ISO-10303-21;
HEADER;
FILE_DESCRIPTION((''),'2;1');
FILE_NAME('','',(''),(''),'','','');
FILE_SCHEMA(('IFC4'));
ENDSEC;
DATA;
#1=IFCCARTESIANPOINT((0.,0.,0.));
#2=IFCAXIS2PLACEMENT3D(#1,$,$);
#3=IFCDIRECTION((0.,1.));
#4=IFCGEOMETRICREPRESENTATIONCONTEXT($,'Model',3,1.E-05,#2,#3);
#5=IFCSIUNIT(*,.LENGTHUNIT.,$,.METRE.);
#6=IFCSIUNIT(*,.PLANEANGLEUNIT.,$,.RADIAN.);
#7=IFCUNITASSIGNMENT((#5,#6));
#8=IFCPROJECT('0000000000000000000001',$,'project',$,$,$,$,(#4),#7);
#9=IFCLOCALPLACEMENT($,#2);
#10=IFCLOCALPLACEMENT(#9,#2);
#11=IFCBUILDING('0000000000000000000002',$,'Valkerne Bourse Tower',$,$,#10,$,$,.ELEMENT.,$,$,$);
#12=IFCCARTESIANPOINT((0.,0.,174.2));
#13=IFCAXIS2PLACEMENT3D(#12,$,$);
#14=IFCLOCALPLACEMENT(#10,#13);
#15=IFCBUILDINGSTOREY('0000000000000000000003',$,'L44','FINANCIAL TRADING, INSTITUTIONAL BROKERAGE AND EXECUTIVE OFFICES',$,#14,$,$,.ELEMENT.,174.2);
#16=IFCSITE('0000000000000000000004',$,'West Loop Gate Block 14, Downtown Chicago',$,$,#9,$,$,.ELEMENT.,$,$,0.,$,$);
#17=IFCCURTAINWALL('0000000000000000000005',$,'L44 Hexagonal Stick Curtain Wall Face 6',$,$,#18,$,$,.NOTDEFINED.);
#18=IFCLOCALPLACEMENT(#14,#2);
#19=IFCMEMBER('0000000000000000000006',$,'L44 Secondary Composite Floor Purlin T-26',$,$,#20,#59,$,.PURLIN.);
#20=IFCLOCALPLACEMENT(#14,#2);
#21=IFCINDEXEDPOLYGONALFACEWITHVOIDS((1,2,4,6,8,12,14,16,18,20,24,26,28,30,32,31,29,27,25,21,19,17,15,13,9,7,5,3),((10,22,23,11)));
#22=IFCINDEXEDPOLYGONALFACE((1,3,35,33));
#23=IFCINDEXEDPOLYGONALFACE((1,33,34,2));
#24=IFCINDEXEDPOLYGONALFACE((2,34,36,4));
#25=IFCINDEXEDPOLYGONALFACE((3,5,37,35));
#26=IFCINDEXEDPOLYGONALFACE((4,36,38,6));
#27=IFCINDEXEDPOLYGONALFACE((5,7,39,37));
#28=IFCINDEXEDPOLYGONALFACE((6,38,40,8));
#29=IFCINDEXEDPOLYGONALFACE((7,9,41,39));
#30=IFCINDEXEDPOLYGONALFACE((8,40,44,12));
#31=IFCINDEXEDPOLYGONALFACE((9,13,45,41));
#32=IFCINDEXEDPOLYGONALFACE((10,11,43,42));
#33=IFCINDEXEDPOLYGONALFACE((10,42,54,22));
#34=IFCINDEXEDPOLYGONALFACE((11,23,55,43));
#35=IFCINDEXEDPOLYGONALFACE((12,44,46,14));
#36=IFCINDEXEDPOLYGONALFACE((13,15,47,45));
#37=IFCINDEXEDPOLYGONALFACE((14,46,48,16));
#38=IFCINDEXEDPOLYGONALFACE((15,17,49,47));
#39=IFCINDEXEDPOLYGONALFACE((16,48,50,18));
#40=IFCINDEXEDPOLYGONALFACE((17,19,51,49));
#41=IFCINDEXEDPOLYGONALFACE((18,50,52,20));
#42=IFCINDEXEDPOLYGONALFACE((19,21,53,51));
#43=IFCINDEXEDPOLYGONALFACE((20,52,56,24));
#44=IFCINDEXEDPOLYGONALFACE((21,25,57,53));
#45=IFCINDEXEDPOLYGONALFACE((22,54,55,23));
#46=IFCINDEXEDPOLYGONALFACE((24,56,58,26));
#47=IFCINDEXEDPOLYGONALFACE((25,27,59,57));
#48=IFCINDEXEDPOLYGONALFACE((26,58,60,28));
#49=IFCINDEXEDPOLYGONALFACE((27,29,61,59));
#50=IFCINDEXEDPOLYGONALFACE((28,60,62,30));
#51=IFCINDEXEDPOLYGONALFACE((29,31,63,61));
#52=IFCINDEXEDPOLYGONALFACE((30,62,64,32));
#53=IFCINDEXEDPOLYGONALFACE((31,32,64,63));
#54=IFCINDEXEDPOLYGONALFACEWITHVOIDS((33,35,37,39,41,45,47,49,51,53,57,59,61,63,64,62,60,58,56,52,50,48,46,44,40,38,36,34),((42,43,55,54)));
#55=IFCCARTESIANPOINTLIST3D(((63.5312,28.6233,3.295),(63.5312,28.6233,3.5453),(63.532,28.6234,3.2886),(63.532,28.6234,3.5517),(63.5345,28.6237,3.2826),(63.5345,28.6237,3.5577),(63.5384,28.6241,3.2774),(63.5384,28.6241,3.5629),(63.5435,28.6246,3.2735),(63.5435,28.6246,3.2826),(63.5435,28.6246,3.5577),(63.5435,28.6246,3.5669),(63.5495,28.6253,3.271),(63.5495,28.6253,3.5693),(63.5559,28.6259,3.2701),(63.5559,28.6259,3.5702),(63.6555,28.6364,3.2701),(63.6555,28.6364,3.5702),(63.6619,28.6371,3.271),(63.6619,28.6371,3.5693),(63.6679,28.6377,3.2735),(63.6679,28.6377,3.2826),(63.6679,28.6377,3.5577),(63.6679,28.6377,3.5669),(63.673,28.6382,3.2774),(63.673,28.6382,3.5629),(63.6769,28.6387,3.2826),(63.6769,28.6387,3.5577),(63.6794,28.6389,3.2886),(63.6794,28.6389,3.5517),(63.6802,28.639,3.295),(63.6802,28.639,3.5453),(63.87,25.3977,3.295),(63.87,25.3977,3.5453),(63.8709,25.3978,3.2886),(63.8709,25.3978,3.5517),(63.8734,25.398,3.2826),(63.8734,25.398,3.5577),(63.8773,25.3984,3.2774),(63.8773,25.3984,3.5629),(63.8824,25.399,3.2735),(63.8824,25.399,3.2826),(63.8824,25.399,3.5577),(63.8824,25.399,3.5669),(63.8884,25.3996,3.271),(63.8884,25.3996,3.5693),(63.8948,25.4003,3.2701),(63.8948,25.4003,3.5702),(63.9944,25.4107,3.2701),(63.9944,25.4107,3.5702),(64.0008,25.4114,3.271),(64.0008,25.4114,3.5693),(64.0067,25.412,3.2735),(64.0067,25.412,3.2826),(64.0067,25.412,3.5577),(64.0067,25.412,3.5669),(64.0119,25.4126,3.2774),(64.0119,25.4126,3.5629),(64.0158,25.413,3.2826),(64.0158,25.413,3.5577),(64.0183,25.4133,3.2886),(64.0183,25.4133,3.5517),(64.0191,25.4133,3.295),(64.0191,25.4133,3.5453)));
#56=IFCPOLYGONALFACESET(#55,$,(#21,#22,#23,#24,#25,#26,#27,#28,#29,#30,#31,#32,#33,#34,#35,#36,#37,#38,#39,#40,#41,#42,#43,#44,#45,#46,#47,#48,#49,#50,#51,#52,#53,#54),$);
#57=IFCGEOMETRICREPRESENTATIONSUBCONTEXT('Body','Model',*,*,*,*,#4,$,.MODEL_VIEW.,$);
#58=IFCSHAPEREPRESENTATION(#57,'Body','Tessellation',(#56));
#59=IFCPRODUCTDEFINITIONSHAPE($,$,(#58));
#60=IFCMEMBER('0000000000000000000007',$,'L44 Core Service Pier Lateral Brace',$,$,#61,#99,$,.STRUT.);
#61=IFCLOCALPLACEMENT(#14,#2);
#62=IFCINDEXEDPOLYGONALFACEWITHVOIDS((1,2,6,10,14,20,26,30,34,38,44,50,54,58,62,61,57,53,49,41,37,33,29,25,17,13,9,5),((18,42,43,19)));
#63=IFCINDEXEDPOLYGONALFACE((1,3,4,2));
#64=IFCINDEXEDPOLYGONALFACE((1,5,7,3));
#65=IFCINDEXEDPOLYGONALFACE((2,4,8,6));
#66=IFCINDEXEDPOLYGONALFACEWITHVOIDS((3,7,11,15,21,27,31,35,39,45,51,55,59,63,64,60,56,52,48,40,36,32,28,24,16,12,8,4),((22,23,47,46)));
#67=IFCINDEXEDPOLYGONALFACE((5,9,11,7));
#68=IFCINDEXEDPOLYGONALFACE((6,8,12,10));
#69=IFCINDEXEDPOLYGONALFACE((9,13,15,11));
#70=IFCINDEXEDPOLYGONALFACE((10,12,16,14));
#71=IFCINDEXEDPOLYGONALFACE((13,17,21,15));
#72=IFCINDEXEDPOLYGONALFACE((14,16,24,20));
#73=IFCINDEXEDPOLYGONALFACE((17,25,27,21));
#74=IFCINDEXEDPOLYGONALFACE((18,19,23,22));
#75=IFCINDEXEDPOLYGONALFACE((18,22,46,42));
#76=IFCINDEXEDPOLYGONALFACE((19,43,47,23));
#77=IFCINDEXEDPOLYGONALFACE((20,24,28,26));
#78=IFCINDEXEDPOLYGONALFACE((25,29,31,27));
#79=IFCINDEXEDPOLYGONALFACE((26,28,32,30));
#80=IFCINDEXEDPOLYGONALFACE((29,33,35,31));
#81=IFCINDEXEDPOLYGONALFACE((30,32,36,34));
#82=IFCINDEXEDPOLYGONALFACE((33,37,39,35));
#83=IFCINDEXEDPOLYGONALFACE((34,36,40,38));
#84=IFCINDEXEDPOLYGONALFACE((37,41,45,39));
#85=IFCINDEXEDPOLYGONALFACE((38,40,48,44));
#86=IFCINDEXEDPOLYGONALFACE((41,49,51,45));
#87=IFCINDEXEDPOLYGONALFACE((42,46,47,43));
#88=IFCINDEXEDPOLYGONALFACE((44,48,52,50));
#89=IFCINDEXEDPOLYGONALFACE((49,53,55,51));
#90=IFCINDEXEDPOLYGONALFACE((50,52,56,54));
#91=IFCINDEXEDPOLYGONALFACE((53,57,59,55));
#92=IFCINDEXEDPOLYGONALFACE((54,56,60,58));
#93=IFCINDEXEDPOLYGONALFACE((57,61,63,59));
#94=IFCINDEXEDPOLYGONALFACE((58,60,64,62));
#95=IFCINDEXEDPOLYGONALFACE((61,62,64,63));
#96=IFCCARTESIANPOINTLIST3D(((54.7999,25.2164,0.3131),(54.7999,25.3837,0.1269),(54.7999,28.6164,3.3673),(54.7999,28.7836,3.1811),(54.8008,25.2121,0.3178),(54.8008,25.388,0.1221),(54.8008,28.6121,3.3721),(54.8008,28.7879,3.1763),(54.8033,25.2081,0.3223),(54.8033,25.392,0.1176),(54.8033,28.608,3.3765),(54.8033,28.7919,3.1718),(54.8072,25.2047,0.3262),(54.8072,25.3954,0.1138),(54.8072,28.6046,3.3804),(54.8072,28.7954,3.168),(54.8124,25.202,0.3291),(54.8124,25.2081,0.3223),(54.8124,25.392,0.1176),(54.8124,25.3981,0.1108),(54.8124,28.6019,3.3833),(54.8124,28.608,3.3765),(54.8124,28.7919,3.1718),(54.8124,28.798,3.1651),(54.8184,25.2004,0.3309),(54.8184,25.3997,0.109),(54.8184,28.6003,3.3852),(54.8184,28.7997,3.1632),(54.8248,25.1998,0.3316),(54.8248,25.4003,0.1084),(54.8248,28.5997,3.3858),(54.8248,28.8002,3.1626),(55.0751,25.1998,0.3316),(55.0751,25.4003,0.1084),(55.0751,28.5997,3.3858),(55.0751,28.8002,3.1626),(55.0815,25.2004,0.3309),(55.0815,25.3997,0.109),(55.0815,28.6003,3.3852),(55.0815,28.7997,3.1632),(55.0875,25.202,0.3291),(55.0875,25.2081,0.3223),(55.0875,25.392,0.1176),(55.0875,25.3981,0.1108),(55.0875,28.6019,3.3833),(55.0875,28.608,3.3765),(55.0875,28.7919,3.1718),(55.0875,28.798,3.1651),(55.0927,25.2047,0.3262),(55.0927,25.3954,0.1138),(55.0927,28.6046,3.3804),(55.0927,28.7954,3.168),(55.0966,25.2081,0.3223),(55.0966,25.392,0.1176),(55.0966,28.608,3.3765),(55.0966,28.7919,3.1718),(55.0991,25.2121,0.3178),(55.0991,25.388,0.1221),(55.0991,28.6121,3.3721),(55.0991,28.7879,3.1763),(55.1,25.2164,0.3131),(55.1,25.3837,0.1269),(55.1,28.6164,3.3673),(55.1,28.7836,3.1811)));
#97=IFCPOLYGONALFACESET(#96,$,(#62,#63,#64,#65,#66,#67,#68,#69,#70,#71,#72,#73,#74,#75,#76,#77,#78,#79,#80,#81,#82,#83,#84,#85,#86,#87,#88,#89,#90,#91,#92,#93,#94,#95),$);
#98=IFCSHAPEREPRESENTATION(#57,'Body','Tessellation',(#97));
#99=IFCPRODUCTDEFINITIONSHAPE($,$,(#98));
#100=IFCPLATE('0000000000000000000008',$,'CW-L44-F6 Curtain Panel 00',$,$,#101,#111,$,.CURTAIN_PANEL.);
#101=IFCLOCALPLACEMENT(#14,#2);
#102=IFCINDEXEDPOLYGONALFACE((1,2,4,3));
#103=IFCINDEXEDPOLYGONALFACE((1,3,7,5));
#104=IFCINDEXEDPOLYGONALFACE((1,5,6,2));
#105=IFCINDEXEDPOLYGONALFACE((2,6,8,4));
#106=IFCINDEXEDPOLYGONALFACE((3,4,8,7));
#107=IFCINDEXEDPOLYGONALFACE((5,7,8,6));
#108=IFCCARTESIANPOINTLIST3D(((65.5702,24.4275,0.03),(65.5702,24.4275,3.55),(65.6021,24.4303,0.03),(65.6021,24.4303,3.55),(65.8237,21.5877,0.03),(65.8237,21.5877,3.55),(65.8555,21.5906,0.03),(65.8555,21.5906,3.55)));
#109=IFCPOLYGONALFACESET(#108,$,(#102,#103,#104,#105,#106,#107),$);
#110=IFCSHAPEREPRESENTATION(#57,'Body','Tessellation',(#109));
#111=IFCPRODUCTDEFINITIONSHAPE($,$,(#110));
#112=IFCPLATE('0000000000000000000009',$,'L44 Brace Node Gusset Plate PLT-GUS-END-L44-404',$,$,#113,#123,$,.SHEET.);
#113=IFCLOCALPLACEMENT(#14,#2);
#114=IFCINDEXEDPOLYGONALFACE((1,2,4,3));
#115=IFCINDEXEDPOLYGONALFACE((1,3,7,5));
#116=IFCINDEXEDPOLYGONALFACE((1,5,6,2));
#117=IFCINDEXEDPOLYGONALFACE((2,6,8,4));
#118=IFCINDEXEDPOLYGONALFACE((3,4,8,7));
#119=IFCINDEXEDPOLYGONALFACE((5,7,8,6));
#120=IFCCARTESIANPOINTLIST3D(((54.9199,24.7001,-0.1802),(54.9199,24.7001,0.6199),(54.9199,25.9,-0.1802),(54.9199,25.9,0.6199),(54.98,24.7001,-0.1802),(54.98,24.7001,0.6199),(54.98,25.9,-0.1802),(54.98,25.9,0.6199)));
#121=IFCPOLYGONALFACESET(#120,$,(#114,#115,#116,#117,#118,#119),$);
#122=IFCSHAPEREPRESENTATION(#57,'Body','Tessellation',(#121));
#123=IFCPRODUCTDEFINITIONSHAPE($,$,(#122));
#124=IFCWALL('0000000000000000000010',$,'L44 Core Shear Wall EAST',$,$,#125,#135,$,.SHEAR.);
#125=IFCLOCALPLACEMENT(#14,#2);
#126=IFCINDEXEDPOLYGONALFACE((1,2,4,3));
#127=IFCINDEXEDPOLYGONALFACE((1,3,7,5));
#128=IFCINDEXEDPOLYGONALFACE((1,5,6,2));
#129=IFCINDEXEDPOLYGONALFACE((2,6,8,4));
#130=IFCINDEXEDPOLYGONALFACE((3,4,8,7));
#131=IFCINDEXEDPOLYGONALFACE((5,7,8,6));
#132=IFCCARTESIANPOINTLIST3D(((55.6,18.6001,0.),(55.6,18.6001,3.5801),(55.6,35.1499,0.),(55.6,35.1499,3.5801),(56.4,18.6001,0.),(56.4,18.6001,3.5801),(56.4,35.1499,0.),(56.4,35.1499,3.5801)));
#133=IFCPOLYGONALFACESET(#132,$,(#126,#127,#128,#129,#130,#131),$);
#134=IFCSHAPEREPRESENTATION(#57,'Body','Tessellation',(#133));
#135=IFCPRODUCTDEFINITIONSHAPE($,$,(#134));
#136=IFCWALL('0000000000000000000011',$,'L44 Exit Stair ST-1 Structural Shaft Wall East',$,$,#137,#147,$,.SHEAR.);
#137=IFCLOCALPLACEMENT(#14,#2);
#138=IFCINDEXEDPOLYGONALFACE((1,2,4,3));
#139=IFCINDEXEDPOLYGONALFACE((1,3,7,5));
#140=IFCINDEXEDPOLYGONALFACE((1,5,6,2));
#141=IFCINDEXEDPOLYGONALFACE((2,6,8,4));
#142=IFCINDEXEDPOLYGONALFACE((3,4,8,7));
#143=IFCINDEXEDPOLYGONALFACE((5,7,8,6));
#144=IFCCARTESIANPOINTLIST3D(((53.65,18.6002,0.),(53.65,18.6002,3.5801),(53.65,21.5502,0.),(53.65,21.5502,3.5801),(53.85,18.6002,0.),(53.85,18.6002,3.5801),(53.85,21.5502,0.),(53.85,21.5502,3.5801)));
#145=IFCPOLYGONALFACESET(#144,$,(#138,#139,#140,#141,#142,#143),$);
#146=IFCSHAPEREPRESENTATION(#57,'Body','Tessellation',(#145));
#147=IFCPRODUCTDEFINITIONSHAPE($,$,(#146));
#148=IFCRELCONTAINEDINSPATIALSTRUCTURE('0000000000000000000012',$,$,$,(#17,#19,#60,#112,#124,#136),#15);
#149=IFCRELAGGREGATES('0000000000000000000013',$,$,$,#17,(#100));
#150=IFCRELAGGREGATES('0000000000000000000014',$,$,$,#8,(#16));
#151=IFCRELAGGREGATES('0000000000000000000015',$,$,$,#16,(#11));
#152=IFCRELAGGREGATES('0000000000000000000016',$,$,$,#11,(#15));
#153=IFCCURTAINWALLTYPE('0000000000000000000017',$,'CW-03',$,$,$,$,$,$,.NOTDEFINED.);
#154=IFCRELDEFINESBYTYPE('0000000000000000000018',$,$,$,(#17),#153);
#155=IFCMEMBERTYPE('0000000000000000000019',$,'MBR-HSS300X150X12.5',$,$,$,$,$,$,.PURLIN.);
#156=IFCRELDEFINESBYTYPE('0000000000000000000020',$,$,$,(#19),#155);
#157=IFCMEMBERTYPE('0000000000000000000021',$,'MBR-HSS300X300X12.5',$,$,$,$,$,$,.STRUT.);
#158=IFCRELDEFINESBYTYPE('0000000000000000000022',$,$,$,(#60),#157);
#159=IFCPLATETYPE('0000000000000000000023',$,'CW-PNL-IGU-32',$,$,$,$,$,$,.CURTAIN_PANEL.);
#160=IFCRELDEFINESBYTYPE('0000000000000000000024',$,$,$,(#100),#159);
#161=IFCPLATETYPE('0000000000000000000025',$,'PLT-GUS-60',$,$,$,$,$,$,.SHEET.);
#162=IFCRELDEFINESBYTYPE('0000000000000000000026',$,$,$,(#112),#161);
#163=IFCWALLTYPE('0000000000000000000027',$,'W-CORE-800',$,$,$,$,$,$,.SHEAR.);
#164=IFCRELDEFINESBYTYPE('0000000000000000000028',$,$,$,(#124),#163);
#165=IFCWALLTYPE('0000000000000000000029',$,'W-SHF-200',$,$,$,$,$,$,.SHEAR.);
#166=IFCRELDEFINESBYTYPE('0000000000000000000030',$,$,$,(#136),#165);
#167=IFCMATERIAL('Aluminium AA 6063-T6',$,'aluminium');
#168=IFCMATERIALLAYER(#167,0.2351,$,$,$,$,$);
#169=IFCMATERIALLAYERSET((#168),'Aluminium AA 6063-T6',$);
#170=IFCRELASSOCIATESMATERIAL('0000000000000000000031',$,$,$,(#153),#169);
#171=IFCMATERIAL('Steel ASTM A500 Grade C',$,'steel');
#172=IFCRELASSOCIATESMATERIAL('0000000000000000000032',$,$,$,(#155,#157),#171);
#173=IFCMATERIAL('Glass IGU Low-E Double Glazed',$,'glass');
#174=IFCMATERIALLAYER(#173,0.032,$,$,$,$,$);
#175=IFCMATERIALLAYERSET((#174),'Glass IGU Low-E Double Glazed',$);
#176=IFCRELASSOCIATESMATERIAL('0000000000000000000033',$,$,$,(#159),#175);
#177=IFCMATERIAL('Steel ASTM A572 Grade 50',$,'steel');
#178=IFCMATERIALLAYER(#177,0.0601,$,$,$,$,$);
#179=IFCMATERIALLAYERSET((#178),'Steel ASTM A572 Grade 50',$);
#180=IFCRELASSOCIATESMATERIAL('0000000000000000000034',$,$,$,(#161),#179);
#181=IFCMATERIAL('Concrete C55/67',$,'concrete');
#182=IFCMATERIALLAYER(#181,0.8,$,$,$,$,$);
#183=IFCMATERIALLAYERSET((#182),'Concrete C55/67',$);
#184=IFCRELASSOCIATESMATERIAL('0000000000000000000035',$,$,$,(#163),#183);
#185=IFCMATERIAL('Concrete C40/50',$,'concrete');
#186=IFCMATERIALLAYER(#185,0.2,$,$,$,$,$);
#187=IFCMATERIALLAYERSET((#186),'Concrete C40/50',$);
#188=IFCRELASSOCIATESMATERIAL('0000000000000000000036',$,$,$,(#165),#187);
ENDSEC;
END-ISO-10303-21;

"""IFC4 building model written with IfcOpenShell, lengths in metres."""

from ifc_helpers import new_model, si_unit, direction, frame, frame_2d, origin, origin_2d, place, context, subcontext, project, spatial, rectangle, hollow_rectangle, extrude, material, layer, layer_set, material_profile, profile_set, type_object, element, aggregate, save


model = new_model("IFC4")

# Units and contexts
model_context = context("Model", 3, precision=1e-05, world=origin(), true_north=direction((0.0, 1.0)))
body_context = subcontext(model_context, "Body", "Model", "MODEL_VIEW")
ifc_project = project(units=[si_unit("LENGTHUNIT", "METRE"), si_unit("PLANEANGLEUNIT", "RADIAN")], contexts=[model_context])

# Site, building, storey
site_placement = place(None, origin())
site = spatial("IfcSite", under=ifc_project, at=site_placement, Name="West Loop Gate Block 14, Downtown Chicago", CompositionType="ELEMENT", RefElevation=0.0)
building_placement = place(site_placement, origin())
building = spatial("IfcBuilding", under=site, at=building_placement, Name="Valkerne Bourse Tower", CompositionType="ELEMENT")
storey_placement = place(building_placement, frame((0.0, 0.0, 174.2)))
storey = spatial("IfcBuildingStorey", under=building, at=storey_placement, Name="L44", Description="FINANCIAL TRADING, INSTITUTIONAL BROKERAGE AND EXECUTIVE OFFICES", CompositionType="ELEMENT", Elevation=174.2)

# Curtain wall
ifc_material_1 = material(Name="Aluminium AA 6063-T6", Category="aluminium")
ifc_layer_1 = layer(ifc_material_1, 0.2351)
ifc_layer_set_1 = layer_set([ifc_layer_1], Name="Aluminium AA 6063-T6")
curtain_wall_type = type_object("IfcCurtainWallType", Name="CW-03", PredefinedType="NOTDEFINED", material=ifc_layer_set_1)
curtain_wall_placement = place(storey_placement, origin())
curtain_wall = element("IfcCurtainWall", 1, at=curtain_wall_placement, inside=storey, type_object=curtain_wall_type, Name="L44 Hexagonal Stick Curtain Wall Face 6", PredefinedType="NOTDEFINED")

# Members
ifc_material_2 = material(Name="Steel ASTM A500 Grade C", Category="steel")
ifc_material_profile_1 = material_profile(ifc_material_2, hollow_rectangle(XDim=0.1499, YDim=0.3, WallThickness=0.0125, OuterFilletRadius=0.0249, at=origin_2d()), Name="HSS300X150X12.5")
ifc_profile_set_1 = profile_set([ifc_material_profile_1], Name="Steel ASTM A500 Grade C")
member_type_1 = type_object("IfcMemberType", Name="MBR-HSS300X150X12.5", PredefinedType="PURLIN", material=ifc_profile_set_1)
member_1_placement = place(storey_placement, frame((63.9446, 25.4055, 3.4202), z_axis=(-0.104481, 0.994527, 0.0), x_axis=(-0.994527, -0.104481, 0.0)))
element("IfcMember", 2, at=member_1_placement, inside=storey, type_object=member_type_1, Name="L44 Secondary Composite Floor Purlin T-26", PredefinedType="PURLIN", context=body_context, shape_type="SweptSolid", body=[
    extrude(hollow_rectangle(XDim=0.1499, YDim=0.3, WallThickness=0.0125, OuterFilletRadius=0.0249, at=origin_2d()), origin(), (0.0, 0.0, 1.0), 3.2434),
])
ifc_material_profile_2 = material_profile(ifc_material_2, hollow_rectangle(XDim=0.3, YDim=0.3, WallThickness=0.0125, OuterFilletRadius=0.0249, at=origin_2d()), Name="HSS300X300X12.5")
ifc_profile_set_2 = profile_set([ifc_material_profile_2], Name="Steel ASTM A500 Grade C")
member_type_2 = type_object("IfcMemberType", Name="MBR-HSS300X300X12.5", PredefinedType="STRUT", material=ifc_profile_set_2)
member_2_placement = place(storey_placement, frame((54.95, 25.3, 0.22), z_axis=(0.0, 0.743915, 0.668274), x_axis=(-1.0, 0.0, 0.0)))
element("IfcMember", 3, at=member_2_placement, inside=storey, type_object=member_type_2, Name="L44 Core Service Pier Lateral Brace", PredefinedType="STRUT", context=body_context, shape_type="SweptSolid", body=[
    extrude(hollow_rectangle(XDim=0.3, YDim=0.3, WallThickness=0.0125, OuterFilletRadius=0.0249, at=origin_2d()), origin(), (0.0, 0.0, 1.0), 4.5703),
])

# Plates
ifc_material_3 = material(Name="Glass IGU Low-E Double Glazed", Category="glass")
ifc_layer_2 = layer(ifc_material_3, 0.032)
ifc_layer_set_2 = layer_set([ifc_layer_2], Name="Glass IGU Low-E Double Glazed")
plate_type_1 = type_object("IfcPlateType", Name="CW-PNL-IGU-32", PredefinedType="CURTAIN_PANEL", material=ifc_layer_set_2)
plate_1_placement = place(storey_placement, frame((65.7129, 23.009, 0.03), z_axis=(0.0, 0.0, 1.0), x_axis=(-0.088888, 0.996042, 0.0)))
plate_1 = element("IfcPlate", 4, at=plate_1_placement, type_object=plate_type_1, Name="CW-L44-F6 Curtain Panel 00", PredefinedType="CURTAIN_PANEL", context=body_context, shape_type="SweptSolid", body=[
    extrude(rectangle(XDim=2.8511, YDim=0.032, at=origin_2d()), origin(), (0.0, 0.0, 1.0), 3.52),
])
aggregate(curtain_wall, [plate_1])
ifc_material_4 = material(Name="Steel ASTM A572 Grade 50", Category="steel")
ifc_layer_3 = layer(ifc_material_4, 0.0601)
ifc_layer_set_3 = layer_set([ifc_layer_3], Name="Steel ASTM A572 Grade 50")
plate_type_2 = type_object("IfcPlateType", Name="PLT-GUS-60", PredefinedType="SHEET", material=ifc_layer_set_3)
plate_2_placement = place(storey_placement, frame((54.95, 25.3, -0.1802), z_axis=(0.0, 0.0, 1.0), x_axis=(0.0, 1.0, 0.0)))
element("IfcPlate", 5, at=plate_2_placement, inside=storey, type_object=plate_type_2, Name="L44 Brace Node Gusset Plate PLT-GUS-END-L44-404", PredefinedType="SHEET", context=body_context, shape_type="SweptSolid", body=[
    extrude(rectangle(XDim=1.2, YDim=0.0601, at=origin_2d()), origin(), (0.0, 0.0, 1.0), 0.8),
])

# Wall
ifc_material_5 = material(Name="Concrete C55/67", Category="concrete")
ifc_layer_4 = layer(ifc_material_5, 0.8)
ifc_layer_set_4 = layer_set([ifc_layer_4], Name="Concrete C55/67")
wall_type_1 = type_object("IfcWallType", Name="W-CORE-800", PredefinedType="SHEAR", material=ifc_layer_set_4)
wall_1_placement = place(storey_placement, frame((56.0, 18.6001, 0.0), z_axis=(0.0, 0.0, 1.0), x_axis=(0.0, 1.0, 0.0)))
element("IfcWall", 6, at=wall_1_placement, inside=storey, type_object=wall_type_1, Name="L44 Core Shear Wall EAST", PredefinedType="SHEAR", context=body_context, shape_type="SweptSolid", body=[
    extrude(rectangle(XDim=16.5498, YDim=0.8, at=frame_2d((8.2749, 0.0))), origin(), (0.0, 0.0, 1.0), 3.5801),
])

# Wall
ifc_material_6 = material(Name="Concrete C40/50", Category="concrete")
ifc_layer_5 = layer(ifc_material_6, 0.2)
ifc_layer_set_5 = layer_set([ifc_layer_5], Name="Concrete C40/50")
wall_type_2 = type_object("IfcWallType", Name="W-SHF-200", PredefinedType="SHEAR", material=ifc_layer_set_5)
wall_2_placement = place(storey_placement, frame((53.75, 18.6001, 0.0), z_axis=(0.0, 0.0, 1.0), x_axis=(0.0, 1.0, 0.0)))
element("IfcWall", 7, at=wall_2_placement, inside=storey, type_object=wall_type_2, Name="L44 Exit Stair ST-1 Structural Shaft Wall East", PredefinedType="SHEAR", context=body_context, shape_type="SweptSolid", body=[
    extrude(rectangle(XDim=2.95, YDim=0.2, at=frame_2d((1.4751, 0.0))), origin(), (0.0, 0.0, 1.0), 3.5801),
])

save(model, "model.ifc")
